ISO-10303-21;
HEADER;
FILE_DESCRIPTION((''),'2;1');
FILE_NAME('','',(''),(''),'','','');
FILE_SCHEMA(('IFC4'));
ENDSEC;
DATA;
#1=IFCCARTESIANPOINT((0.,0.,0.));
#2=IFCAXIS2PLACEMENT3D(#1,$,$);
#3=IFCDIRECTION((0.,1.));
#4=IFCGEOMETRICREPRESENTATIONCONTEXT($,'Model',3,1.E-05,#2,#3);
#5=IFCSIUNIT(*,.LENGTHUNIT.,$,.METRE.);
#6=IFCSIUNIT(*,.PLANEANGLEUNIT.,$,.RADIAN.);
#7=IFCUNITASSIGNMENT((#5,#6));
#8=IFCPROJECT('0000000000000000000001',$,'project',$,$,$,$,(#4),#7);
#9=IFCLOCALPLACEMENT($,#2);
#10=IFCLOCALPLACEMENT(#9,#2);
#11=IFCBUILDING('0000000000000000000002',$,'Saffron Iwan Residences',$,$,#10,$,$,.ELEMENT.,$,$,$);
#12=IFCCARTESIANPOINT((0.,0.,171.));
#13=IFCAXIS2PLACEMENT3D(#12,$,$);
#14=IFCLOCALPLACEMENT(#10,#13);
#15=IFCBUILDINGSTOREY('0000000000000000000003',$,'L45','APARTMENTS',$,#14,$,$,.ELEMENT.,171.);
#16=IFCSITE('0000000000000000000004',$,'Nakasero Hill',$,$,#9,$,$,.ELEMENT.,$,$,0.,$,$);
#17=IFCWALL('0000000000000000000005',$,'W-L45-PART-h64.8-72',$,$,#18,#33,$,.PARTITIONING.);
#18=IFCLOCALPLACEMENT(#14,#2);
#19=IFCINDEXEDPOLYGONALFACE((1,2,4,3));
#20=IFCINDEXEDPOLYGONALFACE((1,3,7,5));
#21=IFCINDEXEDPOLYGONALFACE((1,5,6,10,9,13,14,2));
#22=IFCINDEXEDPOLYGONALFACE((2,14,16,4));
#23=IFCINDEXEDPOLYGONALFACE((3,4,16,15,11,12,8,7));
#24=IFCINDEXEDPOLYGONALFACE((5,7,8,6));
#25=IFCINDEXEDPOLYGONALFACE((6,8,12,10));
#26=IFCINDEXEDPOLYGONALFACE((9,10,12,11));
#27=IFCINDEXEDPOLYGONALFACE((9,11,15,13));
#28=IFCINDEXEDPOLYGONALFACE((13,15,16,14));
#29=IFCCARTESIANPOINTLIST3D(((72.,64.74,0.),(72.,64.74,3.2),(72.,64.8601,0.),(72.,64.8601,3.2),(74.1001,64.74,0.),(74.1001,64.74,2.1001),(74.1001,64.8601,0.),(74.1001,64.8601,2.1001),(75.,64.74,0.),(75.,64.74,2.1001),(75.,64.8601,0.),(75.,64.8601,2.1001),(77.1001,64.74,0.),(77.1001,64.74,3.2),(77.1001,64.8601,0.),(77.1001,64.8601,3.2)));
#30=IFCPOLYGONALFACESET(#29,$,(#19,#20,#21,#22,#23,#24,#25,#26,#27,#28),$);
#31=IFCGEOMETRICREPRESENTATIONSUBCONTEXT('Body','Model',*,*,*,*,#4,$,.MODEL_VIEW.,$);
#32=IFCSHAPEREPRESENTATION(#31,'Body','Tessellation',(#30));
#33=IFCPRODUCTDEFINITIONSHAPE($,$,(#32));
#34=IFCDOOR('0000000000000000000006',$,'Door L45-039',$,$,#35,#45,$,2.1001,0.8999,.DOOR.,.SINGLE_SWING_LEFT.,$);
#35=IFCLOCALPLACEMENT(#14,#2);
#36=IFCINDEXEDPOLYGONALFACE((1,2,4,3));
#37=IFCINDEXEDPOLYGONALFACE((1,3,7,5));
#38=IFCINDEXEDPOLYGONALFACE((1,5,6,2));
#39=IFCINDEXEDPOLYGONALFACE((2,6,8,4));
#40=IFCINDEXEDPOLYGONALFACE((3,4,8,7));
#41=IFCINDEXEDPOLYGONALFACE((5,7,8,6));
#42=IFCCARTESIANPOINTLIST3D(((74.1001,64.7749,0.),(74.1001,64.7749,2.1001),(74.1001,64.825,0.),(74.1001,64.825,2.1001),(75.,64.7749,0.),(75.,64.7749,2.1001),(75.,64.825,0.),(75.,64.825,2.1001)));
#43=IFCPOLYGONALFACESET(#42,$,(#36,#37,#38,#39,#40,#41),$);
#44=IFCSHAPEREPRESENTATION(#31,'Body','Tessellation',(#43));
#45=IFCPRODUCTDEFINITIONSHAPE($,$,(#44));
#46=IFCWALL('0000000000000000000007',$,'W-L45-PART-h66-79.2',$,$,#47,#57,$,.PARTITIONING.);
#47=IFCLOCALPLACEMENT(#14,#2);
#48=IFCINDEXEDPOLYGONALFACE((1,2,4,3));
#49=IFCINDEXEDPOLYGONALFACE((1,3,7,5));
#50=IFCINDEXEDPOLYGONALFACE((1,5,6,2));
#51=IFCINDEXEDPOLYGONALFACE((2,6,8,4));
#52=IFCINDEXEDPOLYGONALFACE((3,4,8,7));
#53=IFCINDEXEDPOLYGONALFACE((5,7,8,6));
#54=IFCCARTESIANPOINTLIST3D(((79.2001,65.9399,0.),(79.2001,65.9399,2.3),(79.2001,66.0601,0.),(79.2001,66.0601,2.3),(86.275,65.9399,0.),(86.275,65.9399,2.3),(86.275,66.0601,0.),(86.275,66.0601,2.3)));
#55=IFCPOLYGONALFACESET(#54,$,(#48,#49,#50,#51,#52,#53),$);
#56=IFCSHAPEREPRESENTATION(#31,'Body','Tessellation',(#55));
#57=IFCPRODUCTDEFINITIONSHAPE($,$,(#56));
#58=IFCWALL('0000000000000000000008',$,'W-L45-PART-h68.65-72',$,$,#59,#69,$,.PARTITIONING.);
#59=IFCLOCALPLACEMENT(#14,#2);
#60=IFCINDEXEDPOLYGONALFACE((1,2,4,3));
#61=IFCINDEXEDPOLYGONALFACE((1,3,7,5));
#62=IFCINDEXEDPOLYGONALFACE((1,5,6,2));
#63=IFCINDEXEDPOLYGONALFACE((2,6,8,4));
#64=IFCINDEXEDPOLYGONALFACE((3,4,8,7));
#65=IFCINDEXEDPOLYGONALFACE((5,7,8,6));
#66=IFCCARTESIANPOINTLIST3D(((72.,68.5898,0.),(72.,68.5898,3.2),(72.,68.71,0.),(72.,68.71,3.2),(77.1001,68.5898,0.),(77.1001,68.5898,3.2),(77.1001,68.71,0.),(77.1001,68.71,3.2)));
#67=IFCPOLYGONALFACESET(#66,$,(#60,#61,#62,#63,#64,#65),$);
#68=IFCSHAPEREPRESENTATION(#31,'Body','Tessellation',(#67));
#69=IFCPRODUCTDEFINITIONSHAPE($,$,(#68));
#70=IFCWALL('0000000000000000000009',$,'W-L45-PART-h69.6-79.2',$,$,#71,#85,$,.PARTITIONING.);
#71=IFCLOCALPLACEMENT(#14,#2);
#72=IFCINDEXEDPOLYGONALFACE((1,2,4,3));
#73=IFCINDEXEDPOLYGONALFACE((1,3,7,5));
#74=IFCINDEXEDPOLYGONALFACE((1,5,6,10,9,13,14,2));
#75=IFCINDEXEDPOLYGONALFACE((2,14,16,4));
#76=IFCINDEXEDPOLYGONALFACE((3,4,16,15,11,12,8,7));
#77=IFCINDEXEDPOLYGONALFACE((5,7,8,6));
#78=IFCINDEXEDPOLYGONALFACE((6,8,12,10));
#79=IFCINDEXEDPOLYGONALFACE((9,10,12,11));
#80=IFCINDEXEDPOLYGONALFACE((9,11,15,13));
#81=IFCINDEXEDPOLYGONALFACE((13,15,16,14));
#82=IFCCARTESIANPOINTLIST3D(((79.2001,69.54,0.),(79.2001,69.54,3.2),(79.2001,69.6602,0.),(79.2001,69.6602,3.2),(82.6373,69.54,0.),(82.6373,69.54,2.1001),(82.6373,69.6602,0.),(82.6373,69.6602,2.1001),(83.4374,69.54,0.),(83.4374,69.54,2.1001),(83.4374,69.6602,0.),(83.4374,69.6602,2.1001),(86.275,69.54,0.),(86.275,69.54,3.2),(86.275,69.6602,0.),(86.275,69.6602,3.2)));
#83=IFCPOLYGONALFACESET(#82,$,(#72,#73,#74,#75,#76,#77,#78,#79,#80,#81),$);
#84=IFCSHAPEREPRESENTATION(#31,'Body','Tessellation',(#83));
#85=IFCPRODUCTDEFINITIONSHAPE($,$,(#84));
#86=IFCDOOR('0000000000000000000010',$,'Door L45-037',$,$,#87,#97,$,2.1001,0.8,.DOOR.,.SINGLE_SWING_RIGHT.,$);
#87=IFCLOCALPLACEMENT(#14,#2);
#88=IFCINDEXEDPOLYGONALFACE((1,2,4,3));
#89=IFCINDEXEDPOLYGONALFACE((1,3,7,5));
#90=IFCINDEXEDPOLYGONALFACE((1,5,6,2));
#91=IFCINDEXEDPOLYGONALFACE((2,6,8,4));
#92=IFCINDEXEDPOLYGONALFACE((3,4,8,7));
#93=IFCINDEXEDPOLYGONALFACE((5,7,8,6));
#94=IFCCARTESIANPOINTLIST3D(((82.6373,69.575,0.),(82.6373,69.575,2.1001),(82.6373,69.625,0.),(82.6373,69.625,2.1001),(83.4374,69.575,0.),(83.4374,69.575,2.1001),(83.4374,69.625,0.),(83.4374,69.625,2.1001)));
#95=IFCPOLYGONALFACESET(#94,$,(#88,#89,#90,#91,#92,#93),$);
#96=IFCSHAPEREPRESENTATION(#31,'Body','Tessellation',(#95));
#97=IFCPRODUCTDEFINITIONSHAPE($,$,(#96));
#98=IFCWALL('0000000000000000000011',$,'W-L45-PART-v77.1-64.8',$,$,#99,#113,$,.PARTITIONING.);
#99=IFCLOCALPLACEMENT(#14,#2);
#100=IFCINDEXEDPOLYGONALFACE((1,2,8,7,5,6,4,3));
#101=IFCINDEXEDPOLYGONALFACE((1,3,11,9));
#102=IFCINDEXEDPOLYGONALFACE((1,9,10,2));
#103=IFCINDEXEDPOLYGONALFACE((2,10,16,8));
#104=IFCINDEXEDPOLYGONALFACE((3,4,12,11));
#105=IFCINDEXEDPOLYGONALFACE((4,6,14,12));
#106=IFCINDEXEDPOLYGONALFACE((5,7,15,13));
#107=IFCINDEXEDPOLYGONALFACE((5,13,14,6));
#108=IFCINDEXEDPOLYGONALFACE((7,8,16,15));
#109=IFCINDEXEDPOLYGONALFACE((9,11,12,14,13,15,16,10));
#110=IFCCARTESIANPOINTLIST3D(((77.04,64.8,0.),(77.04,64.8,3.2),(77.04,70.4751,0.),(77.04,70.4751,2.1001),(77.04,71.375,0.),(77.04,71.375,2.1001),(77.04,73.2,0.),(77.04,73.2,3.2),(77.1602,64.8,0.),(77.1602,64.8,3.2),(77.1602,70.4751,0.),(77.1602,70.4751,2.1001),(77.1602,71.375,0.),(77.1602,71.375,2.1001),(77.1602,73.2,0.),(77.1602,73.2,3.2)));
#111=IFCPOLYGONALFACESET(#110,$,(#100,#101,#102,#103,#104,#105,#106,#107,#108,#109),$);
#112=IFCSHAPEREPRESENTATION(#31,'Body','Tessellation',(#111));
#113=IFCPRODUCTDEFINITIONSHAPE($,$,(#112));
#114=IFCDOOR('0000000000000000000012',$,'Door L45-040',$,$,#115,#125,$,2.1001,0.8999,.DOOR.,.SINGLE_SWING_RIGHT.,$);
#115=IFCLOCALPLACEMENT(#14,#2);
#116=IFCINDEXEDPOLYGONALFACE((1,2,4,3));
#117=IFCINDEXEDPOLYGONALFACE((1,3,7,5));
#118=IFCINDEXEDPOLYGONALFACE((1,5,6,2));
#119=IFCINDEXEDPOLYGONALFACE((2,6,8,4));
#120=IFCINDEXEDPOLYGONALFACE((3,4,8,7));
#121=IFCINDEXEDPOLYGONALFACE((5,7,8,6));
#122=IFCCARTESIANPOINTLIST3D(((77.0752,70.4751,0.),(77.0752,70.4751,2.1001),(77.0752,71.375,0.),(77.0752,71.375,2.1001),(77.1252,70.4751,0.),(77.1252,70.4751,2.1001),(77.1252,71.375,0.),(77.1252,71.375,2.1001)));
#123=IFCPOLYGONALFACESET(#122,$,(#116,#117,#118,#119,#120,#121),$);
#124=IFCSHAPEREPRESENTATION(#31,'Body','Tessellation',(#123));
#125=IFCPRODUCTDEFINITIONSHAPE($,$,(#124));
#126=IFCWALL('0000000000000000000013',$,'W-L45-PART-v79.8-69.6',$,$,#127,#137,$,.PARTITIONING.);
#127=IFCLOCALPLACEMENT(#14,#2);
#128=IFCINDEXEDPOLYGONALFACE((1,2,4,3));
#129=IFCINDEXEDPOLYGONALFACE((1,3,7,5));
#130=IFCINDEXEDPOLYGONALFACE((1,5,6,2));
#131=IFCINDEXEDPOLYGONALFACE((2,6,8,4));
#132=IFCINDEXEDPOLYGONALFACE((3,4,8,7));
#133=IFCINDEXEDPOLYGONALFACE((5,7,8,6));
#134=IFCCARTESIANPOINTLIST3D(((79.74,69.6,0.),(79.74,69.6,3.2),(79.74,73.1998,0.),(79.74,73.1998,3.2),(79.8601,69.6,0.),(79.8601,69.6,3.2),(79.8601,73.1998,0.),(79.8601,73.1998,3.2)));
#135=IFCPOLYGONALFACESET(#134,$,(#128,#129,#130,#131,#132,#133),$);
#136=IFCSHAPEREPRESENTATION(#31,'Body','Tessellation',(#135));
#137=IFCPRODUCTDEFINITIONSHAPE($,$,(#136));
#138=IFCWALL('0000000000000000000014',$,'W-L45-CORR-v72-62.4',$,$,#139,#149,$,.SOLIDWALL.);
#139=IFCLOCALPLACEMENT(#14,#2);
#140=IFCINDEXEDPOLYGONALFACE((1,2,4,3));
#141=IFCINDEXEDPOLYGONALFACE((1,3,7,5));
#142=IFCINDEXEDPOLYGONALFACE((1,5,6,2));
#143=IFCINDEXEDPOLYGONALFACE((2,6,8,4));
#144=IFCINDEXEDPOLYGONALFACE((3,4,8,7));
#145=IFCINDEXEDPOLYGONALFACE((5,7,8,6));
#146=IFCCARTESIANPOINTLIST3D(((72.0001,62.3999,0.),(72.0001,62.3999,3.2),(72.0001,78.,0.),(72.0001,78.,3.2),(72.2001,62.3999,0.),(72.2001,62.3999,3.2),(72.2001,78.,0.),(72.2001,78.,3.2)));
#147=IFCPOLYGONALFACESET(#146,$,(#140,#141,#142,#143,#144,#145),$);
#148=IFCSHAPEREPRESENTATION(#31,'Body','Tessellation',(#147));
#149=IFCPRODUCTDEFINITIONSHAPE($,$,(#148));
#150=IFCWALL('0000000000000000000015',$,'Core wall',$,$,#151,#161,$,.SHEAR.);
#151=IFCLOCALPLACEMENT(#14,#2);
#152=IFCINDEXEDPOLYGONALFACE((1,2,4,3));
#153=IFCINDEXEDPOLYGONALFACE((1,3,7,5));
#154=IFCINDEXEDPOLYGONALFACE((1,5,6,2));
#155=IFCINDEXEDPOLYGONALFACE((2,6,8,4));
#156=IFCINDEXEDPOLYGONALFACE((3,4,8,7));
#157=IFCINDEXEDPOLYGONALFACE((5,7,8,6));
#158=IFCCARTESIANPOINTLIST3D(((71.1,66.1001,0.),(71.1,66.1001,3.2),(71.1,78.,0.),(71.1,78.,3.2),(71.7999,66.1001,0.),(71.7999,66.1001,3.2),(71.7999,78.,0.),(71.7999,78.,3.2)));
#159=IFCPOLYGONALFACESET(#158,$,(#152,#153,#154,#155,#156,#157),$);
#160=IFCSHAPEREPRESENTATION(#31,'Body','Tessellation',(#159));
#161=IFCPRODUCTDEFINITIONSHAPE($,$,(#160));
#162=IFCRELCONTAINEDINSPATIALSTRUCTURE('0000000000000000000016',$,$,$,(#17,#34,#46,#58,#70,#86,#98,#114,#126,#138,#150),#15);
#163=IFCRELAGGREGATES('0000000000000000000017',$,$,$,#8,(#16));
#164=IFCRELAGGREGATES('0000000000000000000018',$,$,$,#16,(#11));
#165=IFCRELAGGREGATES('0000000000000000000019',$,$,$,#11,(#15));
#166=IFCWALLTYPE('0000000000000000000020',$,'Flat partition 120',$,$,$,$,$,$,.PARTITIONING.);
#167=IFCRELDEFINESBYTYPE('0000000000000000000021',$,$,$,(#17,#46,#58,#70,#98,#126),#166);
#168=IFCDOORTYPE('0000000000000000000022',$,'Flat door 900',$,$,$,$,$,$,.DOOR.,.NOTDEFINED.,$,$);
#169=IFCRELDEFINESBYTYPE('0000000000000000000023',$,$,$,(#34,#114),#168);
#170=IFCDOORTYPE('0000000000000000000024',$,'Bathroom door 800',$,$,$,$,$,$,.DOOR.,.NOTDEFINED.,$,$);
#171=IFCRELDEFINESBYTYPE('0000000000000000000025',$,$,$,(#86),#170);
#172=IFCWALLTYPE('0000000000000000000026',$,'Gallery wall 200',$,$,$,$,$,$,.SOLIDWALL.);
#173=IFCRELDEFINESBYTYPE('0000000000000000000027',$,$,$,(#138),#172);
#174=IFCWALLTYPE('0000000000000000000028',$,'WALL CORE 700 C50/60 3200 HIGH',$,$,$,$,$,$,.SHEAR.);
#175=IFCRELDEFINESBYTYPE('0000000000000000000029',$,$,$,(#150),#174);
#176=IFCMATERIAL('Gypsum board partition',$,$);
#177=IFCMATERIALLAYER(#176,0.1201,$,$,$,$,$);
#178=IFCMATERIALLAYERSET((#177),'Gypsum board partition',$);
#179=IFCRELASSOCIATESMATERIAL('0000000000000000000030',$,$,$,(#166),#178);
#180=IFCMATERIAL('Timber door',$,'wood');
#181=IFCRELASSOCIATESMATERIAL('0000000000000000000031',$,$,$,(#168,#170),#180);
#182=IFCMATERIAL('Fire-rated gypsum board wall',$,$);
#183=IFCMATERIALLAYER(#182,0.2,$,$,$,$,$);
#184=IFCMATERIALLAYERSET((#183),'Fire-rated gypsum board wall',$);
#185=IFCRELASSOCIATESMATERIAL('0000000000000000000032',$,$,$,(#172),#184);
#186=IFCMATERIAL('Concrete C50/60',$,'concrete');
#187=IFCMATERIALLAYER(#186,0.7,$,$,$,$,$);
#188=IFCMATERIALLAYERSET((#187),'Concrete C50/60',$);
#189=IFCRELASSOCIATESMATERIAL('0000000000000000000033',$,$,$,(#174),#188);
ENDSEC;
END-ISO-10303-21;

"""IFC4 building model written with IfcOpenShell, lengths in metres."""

from ifc_helpers import new_model, si_unit, direction, frame, frame_2d, origin, place, context, subcontext, project, spatial, rectangle, extrude, material, layer, layer_set, type_object, element, fill, save


model = new_model("IFC4")

# Units and contexts
model_context = context("Model", 3, precision=1e-05, world=origin(), true_north=direction((0.0, 1.0)))
body_context = subcontext(model_context, "Body", "Model", "MODEL_VIEW")
ifc_project = project(units=[si_unit("LENGTHUNIT", "METRE"), si_unit("PLANEANGLEUNIT", "RADIAN")], contexts=[model_context])

# Site, building, storey
site_placement = place(None, origin())
site = spatial("IfcSite", under=ifc_project, at=site_placement, Name="Nakasero Hill", CompositionType="ELEMENT", RefElevation=0.0)
building_placement = place(site_placement, origin())
building = spatial("IfcBuilding", under=site, at=building_placement, Name="Saffron Iwan Residences", CompositionType="ELEMENT")
storey_placement = place(building_placement, frame((0.0, 0.0, 171.0)))
storey = spatial("IfcBuildingStorey", under=building, at=storey_placement, Name="L45", Description="APARTMENTS", CompositionType="ELEMENT", Elevation=171.0)

# Shared definitions
ifc_material_1 = material(Name="Concrete C50/60", Category="concrete")

# Shared definitions
ifc_material_2 = material(Name="Fire-rated gypsum board wall")

# Wall, opening, door
ifc_material_3 = material(Name="Gypsum board partition")
ifc_layer_1 = layer(ifc_material_3, 0.1201)
ifc_layer_set_1 = layer_set([ifc_layer_1], Name="Gypsum board partition")
wall_type_1 = type_object("IfcWallType", Name="Flat partition 120", PredefinedType="PARTITIONING", material=ifc_layer_set_1)
ifc_material_4 = material(Name="Timber door", Category="wood")
door_type_1 = type_object("IfcDoorType", Name="Flat door 900", OperationType="NOTDEFINED", PredefinedType="DOOR", material=ifc_material_4)
wall_1_placement = place(storey_placement, frame((72.0, 64.8, 0.0), z_axis=(0.0, 0.0, 1.0), x_axis=(1.0, 0.0, 0.0)))
wall_1 = element("IfcWall", 1, at=wall_1_placement, inside=storey, type_object=wall_type_1, Name="W-L45-PART-h64.8-72", PredefinedType="PARTITIONING", context=body_context, shape_type="SweptSolid", body=[
    extrude(rectangle(XDim=5.1001, YDim=0.1201, at=frame_2d((2.55, 0.0))), origin(), (0.0, 0.0, 1.0), 3.2),
])
opening_1_placement = place(wall_1_placement, frame((2.1001, 0.0, 0.0)))
opening_1 = element("IfcOpeningElement", 2, at=opening_1_placement, cuts=wall_1, PredefinedType="OPENING", context=body_context, shape_type="SweptSolid", body=[
    extrude(rectangle(XDim=0.8999, YDim=2.1001, at=frame_2d((0.45, 1.05))), frame((0.0, 0.0701, 0.0), z_axis=(0.0, -1.0, 0.0), x_axis=(1.0, 0.0, 0.0)), (0.0, 0.0, 1.0), 0.1401),
])
door_1_placement = place(opening_1_placement, origin())
door_1 = element("IfcDoor", 3, at=door_1_placement, inside=storey, type_object=door_type_1, Name="Door L45-039", OperationType="SINGLE_SWING_LEFT", OverallHeight=2.1001, OverallWidth=0.8999, PredefinedType="DOOR", context=body_context, shape_type="SweptSolid", body=[
    extrude(rectangle(XDim=0.8999, YDim=2.1001, at=frame_2d((0.45, 1.05))), frame((0.0, 0.0249, 0.0), z_axis=(0.0, -1.0, 0.0), x_axis=(1.0, 0.0, 0.0)), (0.0, 0.0, 1.0), 0.05),
])
fill(opening_1, door_1)

# Walls
wall_2_placement = place(storey_placement, frame((79.2, 66.0, 0.0), z_axis=(0.0, 0.0, 1.0), x_axis=(1.0, 0.0, 0.0)))
element("IfcWall", 4, at=wall_2_placement, inside=storey, type_object=wall_type_1, Name="W-L45-PART-h66-79.2", PredefinedType="PARTITIONING", context=body_context, shape_type="SweptSolid", body=[
    extrude(rectangle(XDim=7.075, YDim=0.1201, at=frame_2d((3.5376, 0.0))), origin(), (0.0, 0.0, 1.0), 2.3),
])
wall_3_placement = place(storey_placement, frame((72.0, 68.6499, 0.0), z_axis=(0.0, 0.0, 1.0), x_axis=(1.0, 0.0, 0.0)))
element("IfcWall", 5, at=wall_3_placement, inside=storey, type_object=wall_type_1, Name="W-L45-PART-h68.65-72", PredefinedType="PARTITIONING", context=body_context, shape_type="SweptSolid", body=[
    extrude(rectangle(XDim=5.1001, YDim=0.1201, at=frame_2d((2.55, 0.0))), origin(), (0.0, 0.0, 1.0), 3.2),
])

# Walls, openings, doors
wall_4_placement = place(storey_placement, frame((79.2, 69.6001, 0.0), z_axis=(0.0, 0.0, 1.0), x_axis=(1.0, 0.0, 0.0)))
wall_4 = element("IfcWall", 6, at=wall_4_placement, inside=storey, type_object=wall_type_1, Name="W-L45-PART-h69.6-79.2", PredefinedType="PARTITIONING", context=body_context, shape_type="SweptSolid", body=[
    extrude(rectangle(XDim=7.075, YDim=0.1201, at=frame_2d((3.5376, 0.0))), origin(), (0.0, 0.0, 1.0), 3.2),
])
opening_2_placement = place(wall_4_placement, frame((3.4375, 0.0, 0.0)))
opening_2 = element("IfcOpeningElement", 7, at=opening_2_placement, cuts=wall_4, PredefinedType="OPENING", context=body_context, shape_type="SweptSolid", body=[
    extrude(rectangle(XDim=0.8, YDim=2.1001, at=frame_2d((0.3999, 1.05))), frame((0.0, 0.0701, 0.0), z_axis=(0.0, -1.0, 0.0), x_axis=(1.0, 0.0, 0.0)), (0.0, 0.0, 1.0), 0.1401),
])
door_type_2 = type_object("IfcDoorType", Name="Bathroom door 800", OperationType="NOTDEFINED", PredefinedType="DOOR", material=ifc_material_4)
door_2_placement = place(opening_2_placement, origin())
door_2 = element("IfcDoor", 8, at=door_2_placement, inside=storey, type_object=door_type_2, Name="Door L45-037", OperationType="SINGLE_SWING_RIGHT", OverallHeight=2.1001, OverallWidth=0.8, PredefinedType="DOOR", context=body_context, shape_type="SweptSolid", body=[
    extrude(rectangle(XDim=0.8, YDim=2.1001, at=frame_2d((0.3999, 1.05))), frame((0.0, 0.0249, 0.0), z_axis=(0.0, -1.0, 0.0), x_axis=(1.0, 0.0, 0.0)), (0.0, 0.0, 1.0), 0.05),
])
fill(opening_2, door_2)
wall_5_placement = place(storey_placement, frame((77.1001, 64.8, 0.0), z_axis=(0.0, 0.0, 1.0), x_axis=(0.0, 1.0, 0.0)))
wall_5 = element("IfcWall", 9, at=wall_5_placement, inside=storey, type_object=wall_type_1, Name="W-L45-PART-v77.1-64.8", PredefinedType="PARTITIONING", context=body_context, shape_type="SweptSolid", body=[
    extrude(rectangle(XDim=8.3999, YDim=0.1201, at=frame_2d((4.2, 0.0))), origin(), (0.0, 0.0, 1.0), 3.2),
])
opening_3_placement = place(wall_5_placement, frame((5.675, 0.0, 0.0)))
opening_3 = element("IfcOpeningElement", 10, at=opening_3_placement, cuts=wall_5, PredefinedType="OPENING", context=body_context, shape_type="SweptSolid", body=[
    extrude(rectangle(XDim=0.8999, YDim=2.1001, at=frame_2d((0.45, 1.05))), frame((0.0, 0.0701, 0.0), z_axis=(0.0, -1.0, 0.0), x_axis=(1.0, 0.0, 0.0)), (0.0, 0.0, 1.0), 0.1401),
])
door_3_placement = place(opening_3_placement, origin())
door_3 = element("IfcDoor", 11, at=door_3_placement, inside=storey, type_object=door_type_1, Name="Door L45-040", OperationType="SINGLE_SWING_RIGHT", OverallHeight=2.1001, OverallWidth=0.8999, PredefinedType="DOOR", context=body_context, shape_type="SweptSolid", body=[
    extrude(rectangle(XDim=0.8999, YDim=2.1001, at=frame_2d((0.45, 1.05))), frame((0.0, 0.0249, 0.0), z_axis=(0.0, -1.0, 0.0), x_axis=(1.0, 0.0, 0.0)), (0.0, 0.0, 1.0), 0.05),
])
fill(opening_3, door_3)

# Walls
wall_6_placement = place(storey_placement, frame((79.8, 69.6001, 0.0), z_axis=(0.0, 0.0, 1.0), x_axis=(0.0, 1.0, 0.0)))
element("IfcWall", 12, at=wall_6_placement, inside=storey, type_object=wall_type_1, Name="W-L45-PART-v79.8-69.6", PredefinedType="PARTITIONING", context=body_context, shape_type="SweptSolid", body=[
    extrude(rectangle(XDim=3.5999, YDim=0.1201, at=frame_2d((1.7998, 0.0))), origin(), (0.0, 0.0, 1.0), 3.2),
])
ifc_layer_2 = layer(ifc_material_2, 0.2)
ifc_layer_set_2 = layer_set([ifc_layer_2], Name="Fire-rated gypsum board wall")
wall_type_2 = type_object("IfcWallType", Name="Gallery wall 200", PredefinedType="SOLIDWALL", material=ifc_layer_set_2)
wall_7_placement = place(storey_placement, frame((72.1001, 62.3999, 0.0), z_axis=(0.0, 0.0, 1.0), x_axis=(0.0, 1.0, 0.0)))
element("IfcWall", 13, at=wall_7_placement, inside=storey, type_object=wall_type_2, Name="W-L45-CORR-v72-62.4", PredefinedType="SOLIDWALL", context=body_context, shape_type="SweptSolid", body=[
    extrude(rectangle(XDim=15.6001, YDim=0.2, at=frame_2d((7.8, 0.0))), origin(), (0.0, 0.0, 1.0), 3.2),
])
ifc_layer_3 = layer(ifc_material_1, 0.7)
ifc_layer_set_3 = layer_set([ifc_layer_3], Name="Concrete C50/60")
wall_type_3 = type_object("IfcWallType", Name="WALL CORE 700 C50/60 3200 HIGH", PredefinedType="SHEAR", material=ifc_layer_set_3)
wall_8_placement = place(storey_placement, frame((71.45, 66.1001, 0.0), z_axis=(0.0, 0.0, 1.0), x_axis=(0.0, 1.0, 0.0)))
element("IfcWall", 14, at=wall_8_placement, inside=storey, type_object=wall_type_3, Name="Core wall", PredefinedType="SHEAR", context=body_context, shape_type="SweptSolid", body=[
    extrude(rectangle(XDim=11.8999, YDim=0.7, at=frame_2d((5.95, 0.0))), origin(), (0.0, 0.0, 1.0), 3.2),
])

save(model, "model.ifc")
